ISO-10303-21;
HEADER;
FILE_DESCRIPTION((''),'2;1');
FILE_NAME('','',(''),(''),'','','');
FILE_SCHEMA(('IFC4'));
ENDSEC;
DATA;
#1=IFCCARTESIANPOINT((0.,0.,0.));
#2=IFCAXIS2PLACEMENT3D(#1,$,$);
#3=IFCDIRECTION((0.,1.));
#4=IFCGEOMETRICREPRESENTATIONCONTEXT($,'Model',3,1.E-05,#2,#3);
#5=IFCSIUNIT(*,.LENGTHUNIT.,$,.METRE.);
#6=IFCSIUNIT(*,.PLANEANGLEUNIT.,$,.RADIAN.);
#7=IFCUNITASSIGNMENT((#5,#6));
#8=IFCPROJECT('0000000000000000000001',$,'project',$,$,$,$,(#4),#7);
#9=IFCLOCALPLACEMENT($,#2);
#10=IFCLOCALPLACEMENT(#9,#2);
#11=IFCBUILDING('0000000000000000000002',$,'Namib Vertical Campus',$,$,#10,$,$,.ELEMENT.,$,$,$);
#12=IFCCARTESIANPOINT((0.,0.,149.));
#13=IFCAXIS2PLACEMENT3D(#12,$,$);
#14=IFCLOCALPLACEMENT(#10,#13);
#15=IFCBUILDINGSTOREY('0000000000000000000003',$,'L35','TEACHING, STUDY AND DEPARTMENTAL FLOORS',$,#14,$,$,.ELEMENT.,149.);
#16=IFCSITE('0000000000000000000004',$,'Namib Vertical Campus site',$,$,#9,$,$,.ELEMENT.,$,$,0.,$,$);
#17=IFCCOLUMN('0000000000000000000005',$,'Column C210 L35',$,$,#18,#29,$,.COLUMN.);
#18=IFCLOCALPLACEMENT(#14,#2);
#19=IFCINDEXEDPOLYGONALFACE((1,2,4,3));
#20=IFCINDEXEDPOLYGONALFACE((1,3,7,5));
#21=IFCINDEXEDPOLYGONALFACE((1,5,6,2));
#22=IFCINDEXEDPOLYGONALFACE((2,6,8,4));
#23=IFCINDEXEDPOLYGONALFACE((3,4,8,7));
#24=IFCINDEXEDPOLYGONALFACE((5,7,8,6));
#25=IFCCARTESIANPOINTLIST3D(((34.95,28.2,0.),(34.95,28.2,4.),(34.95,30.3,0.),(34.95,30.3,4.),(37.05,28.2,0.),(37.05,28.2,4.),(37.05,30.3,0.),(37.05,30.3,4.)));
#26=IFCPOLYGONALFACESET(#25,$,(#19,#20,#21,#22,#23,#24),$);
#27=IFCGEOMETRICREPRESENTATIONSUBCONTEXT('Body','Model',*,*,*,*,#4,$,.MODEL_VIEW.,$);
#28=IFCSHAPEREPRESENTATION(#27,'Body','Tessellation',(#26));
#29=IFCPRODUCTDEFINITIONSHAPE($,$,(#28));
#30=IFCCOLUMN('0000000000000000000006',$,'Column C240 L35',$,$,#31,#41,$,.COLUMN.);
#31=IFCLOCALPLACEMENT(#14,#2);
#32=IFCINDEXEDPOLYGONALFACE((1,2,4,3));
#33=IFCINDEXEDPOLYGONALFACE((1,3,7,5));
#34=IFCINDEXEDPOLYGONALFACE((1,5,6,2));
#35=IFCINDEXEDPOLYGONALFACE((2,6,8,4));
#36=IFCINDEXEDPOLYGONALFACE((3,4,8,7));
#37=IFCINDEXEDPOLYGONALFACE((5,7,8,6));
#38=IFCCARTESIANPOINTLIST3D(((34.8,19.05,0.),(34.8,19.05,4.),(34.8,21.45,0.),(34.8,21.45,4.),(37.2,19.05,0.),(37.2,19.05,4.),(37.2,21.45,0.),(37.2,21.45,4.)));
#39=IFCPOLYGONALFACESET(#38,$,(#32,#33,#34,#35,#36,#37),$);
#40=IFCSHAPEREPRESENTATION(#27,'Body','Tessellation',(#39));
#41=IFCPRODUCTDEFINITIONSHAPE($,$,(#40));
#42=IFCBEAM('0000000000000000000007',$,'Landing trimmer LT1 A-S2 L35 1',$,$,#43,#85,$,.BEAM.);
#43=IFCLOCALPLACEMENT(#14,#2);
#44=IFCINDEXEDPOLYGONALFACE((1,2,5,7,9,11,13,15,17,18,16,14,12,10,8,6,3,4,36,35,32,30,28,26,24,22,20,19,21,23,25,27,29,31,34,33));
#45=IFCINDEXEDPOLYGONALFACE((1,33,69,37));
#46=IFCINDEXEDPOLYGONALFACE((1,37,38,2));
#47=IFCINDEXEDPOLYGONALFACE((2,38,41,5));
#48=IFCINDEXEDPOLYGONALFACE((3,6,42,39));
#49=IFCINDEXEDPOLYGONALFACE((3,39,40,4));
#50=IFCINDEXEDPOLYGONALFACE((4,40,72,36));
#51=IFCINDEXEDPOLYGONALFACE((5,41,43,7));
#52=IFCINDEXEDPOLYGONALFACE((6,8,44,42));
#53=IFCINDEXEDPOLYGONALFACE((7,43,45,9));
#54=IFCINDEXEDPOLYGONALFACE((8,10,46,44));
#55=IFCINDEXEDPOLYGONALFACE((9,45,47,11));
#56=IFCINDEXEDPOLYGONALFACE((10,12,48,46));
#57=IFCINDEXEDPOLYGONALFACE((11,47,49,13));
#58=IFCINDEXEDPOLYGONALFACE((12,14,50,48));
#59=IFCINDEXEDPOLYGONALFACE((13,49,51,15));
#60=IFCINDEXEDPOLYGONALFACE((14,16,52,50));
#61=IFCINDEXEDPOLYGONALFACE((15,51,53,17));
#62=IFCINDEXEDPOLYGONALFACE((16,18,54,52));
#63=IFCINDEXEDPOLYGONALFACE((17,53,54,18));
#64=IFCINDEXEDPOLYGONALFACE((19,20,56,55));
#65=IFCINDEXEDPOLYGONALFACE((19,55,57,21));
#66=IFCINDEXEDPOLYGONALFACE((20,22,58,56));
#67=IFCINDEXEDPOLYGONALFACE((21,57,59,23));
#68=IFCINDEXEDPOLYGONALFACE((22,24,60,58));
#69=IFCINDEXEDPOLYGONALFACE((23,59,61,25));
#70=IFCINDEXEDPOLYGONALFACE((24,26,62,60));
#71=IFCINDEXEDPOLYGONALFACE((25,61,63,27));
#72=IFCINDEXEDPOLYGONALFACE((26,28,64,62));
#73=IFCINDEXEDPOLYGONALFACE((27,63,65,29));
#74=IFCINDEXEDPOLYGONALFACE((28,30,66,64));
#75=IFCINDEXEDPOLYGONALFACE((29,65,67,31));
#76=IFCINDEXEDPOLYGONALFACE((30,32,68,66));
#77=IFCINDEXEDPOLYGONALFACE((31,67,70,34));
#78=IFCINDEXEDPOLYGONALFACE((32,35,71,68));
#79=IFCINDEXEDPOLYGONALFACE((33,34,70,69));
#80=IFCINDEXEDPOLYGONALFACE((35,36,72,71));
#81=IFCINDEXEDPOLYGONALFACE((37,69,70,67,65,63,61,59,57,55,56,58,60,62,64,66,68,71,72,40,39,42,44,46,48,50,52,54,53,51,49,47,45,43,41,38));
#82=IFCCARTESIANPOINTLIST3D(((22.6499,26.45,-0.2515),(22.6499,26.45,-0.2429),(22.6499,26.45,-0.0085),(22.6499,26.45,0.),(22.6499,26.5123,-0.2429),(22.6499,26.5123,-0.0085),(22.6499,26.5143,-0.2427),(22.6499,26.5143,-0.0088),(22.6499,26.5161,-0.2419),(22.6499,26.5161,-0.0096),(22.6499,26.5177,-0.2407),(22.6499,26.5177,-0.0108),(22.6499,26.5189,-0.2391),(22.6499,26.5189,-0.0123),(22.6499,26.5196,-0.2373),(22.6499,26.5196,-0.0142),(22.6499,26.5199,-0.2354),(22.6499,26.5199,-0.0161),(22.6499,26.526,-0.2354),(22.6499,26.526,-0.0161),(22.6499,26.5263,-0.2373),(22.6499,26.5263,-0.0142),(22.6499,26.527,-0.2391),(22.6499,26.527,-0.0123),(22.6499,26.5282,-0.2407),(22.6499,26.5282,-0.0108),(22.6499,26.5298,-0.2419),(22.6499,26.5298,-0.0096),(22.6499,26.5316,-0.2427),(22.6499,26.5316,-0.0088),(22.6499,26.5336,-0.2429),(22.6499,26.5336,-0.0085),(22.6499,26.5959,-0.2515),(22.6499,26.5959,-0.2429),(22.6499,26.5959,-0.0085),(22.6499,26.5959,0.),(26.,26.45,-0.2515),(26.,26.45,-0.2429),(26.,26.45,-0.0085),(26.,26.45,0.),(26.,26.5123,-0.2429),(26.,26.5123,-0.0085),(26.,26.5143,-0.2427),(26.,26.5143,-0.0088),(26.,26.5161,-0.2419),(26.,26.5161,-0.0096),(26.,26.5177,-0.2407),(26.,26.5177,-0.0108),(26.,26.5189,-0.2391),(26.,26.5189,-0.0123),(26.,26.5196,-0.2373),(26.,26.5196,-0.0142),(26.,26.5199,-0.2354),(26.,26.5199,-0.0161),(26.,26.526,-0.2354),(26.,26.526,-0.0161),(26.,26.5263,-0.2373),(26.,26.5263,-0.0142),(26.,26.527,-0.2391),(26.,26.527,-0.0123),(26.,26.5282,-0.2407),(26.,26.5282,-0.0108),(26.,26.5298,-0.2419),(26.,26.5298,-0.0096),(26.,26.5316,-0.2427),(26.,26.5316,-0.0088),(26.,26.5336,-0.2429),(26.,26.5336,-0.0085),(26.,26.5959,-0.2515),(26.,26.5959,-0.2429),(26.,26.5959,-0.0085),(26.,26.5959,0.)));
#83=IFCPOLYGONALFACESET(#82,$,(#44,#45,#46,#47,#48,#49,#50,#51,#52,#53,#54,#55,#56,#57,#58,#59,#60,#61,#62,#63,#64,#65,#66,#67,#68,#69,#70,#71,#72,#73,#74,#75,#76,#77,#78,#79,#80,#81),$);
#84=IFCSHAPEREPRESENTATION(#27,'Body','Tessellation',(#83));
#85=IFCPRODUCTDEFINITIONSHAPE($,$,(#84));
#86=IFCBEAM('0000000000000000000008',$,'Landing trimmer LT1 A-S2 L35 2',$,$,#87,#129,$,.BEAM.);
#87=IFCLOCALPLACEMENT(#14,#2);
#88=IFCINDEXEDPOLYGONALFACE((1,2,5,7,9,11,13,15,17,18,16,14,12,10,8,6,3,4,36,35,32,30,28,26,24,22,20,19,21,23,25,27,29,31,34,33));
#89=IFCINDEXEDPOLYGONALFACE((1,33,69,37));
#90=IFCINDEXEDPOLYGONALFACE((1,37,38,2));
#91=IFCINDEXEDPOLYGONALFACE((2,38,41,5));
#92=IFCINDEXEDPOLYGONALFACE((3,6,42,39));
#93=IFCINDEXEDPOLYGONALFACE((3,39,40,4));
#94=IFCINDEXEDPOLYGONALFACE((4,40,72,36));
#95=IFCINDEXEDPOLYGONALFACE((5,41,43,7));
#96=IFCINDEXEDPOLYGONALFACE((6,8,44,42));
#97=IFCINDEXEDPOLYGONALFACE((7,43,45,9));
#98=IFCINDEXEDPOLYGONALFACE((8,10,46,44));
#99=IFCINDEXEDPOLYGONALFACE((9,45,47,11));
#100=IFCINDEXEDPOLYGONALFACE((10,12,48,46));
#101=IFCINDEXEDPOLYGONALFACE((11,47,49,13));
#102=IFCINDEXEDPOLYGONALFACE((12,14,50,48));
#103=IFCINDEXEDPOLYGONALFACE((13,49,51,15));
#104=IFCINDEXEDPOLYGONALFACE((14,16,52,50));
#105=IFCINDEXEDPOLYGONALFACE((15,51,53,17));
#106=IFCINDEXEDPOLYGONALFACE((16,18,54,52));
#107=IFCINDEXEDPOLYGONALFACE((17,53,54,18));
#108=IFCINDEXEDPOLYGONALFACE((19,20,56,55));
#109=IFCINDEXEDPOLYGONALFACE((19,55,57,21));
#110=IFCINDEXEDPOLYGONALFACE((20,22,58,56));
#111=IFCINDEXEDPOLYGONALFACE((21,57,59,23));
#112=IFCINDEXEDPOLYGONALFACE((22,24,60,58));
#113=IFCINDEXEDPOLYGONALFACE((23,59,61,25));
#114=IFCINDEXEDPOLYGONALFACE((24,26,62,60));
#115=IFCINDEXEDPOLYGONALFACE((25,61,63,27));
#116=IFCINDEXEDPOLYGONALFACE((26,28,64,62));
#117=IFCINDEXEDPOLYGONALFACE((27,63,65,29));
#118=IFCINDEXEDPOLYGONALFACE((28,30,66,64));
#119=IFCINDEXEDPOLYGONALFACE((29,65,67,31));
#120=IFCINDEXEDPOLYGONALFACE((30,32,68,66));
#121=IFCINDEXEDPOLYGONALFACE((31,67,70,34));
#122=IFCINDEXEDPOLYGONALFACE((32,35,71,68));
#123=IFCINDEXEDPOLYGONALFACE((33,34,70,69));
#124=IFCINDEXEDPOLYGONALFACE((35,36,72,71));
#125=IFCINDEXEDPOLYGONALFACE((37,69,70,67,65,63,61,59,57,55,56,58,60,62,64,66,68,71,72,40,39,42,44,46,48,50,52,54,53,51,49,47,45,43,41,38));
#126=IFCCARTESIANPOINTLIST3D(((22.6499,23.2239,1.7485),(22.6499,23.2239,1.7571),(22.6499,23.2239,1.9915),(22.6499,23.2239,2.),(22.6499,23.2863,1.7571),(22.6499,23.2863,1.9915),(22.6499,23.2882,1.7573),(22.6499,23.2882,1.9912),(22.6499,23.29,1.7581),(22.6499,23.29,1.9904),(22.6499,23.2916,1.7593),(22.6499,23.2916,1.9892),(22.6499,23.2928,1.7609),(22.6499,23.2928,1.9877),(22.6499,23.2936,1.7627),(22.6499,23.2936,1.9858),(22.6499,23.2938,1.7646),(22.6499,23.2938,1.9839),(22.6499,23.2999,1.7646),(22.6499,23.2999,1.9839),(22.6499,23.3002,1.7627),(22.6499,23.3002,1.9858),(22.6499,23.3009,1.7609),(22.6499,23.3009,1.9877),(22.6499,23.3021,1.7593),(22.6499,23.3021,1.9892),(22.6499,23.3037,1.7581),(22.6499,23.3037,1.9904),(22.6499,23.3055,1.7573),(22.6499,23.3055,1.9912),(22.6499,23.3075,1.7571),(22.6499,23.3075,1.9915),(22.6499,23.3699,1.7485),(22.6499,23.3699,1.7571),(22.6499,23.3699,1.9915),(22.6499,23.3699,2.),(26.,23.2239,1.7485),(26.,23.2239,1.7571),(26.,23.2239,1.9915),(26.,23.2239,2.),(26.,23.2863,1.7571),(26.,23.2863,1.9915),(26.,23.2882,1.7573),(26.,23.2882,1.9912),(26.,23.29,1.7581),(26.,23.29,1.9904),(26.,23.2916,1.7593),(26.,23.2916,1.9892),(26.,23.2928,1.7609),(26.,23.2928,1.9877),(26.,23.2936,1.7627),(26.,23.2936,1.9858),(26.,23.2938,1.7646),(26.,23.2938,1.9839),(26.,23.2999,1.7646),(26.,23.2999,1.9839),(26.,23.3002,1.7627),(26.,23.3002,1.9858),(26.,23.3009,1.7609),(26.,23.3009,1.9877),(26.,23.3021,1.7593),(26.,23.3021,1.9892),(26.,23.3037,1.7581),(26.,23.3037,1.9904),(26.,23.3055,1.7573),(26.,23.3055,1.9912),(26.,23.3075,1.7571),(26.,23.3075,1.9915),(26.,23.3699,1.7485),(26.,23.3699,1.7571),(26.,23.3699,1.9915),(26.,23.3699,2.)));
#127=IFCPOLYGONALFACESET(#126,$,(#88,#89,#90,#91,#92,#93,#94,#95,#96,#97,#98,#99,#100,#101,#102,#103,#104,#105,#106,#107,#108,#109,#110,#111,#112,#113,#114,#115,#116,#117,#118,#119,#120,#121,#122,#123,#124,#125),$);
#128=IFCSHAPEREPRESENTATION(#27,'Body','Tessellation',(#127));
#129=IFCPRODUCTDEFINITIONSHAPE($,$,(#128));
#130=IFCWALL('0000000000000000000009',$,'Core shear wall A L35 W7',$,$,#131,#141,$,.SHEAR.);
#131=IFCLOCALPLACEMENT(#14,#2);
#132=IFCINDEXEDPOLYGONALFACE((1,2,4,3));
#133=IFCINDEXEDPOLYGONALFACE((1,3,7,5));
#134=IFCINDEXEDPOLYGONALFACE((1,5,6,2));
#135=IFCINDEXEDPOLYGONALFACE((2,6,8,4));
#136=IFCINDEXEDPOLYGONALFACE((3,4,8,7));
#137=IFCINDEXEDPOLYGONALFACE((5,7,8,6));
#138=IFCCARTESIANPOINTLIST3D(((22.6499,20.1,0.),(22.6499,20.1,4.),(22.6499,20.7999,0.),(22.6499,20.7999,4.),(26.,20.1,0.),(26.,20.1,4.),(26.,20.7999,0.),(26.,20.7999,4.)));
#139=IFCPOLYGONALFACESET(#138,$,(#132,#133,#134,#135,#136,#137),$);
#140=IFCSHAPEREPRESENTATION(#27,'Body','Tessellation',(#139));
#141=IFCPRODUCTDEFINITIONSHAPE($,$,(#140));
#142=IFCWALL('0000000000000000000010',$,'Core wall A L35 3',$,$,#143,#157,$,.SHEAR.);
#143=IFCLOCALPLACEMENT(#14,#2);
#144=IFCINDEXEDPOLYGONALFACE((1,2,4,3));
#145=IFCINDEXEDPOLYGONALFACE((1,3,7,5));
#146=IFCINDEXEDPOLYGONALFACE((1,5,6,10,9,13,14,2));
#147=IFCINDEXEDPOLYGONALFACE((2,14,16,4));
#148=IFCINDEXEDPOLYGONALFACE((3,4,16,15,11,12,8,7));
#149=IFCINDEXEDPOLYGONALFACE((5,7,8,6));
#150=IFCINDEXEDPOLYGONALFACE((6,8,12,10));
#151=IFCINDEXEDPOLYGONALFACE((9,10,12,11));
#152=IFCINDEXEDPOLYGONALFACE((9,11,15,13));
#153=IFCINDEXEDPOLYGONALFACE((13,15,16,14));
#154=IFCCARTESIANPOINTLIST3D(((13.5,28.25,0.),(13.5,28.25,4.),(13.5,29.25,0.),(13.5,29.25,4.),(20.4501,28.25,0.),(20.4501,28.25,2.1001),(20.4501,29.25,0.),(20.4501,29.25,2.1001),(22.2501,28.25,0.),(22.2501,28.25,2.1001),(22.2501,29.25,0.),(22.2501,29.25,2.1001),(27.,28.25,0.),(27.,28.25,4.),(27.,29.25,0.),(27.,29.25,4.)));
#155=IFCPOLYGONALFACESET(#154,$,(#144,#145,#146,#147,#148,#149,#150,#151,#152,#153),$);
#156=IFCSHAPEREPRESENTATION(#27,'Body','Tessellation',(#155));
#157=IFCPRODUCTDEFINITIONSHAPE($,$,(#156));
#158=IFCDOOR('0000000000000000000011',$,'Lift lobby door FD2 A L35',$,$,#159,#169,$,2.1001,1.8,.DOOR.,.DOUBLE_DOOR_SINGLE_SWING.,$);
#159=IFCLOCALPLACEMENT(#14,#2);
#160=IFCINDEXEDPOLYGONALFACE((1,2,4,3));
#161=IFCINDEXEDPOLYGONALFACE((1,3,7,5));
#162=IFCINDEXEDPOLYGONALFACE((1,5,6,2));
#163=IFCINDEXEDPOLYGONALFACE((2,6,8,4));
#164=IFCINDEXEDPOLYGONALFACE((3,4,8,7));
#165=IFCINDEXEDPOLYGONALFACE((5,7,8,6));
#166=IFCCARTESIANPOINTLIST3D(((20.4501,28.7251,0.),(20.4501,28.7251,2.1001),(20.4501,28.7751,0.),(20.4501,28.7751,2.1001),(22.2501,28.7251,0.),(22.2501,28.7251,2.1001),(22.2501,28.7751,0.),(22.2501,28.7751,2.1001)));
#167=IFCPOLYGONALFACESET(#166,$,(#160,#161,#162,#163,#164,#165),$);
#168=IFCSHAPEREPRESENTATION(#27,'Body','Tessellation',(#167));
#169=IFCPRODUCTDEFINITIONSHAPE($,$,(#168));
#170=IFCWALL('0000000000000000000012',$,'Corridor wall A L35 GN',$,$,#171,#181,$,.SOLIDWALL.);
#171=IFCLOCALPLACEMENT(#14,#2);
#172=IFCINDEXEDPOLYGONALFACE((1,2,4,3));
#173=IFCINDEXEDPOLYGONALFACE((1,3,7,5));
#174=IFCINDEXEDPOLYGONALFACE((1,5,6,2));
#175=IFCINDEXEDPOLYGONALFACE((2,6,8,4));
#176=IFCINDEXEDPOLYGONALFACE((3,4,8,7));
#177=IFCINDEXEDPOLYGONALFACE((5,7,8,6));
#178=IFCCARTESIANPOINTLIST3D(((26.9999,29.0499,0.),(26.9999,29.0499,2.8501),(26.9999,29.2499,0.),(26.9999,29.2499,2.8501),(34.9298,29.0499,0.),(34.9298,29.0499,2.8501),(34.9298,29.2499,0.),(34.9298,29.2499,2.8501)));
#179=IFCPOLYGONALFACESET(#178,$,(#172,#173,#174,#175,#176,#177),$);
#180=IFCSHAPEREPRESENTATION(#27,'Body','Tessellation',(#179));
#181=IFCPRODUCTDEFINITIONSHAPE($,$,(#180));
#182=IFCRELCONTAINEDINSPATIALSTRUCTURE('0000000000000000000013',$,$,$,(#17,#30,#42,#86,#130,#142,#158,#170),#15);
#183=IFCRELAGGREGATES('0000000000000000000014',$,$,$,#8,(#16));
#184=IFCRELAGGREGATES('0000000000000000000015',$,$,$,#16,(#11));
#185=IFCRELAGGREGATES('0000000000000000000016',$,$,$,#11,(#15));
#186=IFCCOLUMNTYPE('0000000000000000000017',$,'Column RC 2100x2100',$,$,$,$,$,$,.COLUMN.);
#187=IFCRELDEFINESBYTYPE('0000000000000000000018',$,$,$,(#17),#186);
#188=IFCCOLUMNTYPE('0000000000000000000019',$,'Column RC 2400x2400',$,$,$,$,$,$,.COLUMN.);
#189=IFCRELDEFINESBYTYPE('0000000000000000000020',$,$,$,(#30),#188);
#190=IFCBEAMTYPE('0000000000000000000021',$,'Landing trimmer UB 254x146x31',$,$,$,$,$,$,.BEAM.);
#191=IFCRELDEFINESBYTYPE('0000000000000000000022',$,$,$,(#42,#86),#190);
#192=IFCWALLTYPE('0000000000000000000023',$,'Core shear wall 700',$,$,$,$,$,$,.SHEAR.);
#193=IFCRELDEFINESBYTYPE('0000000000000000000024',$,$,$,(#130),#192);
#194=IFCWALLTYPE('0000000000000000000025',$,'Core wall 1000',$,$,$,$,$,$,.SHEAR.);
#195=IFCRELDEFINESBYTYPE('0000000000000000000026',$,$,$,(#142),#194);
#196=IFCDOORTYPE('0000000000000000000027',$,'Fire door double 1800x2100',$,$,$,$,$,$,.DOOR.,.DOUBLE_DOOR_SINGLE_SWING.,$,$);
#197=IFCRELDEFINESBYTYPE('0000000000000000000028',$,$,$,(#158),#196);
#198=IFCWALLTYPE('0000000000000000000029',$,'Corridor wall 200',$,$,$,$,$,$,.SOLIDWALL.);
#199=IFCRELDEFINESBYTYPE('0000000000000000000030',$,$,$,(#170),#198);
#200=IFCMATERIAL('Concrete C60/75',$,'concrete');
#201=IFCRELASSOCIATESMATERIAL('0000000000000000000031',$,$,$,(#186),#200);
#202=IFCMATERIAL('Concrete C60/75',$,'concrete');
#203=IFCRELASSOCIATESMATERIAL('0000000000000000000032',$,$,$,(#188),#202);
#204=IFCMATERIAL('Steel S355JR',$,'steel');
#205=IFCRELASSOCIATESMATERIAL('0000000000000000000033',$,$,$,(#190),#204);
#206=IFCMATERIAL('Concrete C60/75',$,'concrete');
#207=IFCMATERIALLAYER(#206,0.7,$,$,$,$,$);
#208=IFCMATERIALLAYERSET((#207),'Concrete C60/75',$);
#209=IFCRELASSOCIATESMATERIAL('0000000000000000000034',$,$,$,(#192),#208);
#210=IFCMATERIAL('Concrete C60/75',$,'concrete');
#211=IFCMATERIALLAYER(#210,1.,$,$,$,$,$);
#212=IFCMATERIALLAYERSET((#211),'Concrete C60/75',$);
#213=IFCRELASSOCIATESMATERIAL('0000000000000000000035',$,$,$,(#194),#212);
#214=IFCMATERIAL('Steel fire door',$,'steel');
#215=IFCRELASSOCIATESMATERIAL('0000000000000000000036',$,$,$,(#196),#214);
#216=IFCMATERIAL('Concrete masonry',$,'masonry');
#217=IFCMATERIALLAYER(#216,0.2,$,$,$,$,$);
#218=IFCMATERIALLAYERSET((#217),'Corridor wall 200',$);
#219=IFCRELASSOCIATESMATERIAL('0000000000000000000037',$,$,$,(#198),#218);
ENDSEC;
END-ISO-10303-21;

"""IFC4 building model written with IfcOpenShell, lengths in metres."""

from ifc_helpers import new_model, si_unit, direction, frame, frame_2d, origin, origin_2d, place, context, subcontext, project, spatial, rectangle, i_section, extrude, material, layer, layer_set, material_profile, profile_set, type_object, element, fill, save


model = new_model("IFC4")

# Units and contexts
model_context = context("Model", 3, precision=1e-05, world=origin(), true_north=direction((0.0, 1.0)))
body_context = subcontext(model_context, "Body", "Model", "MODEL_VIEW")
ifc_project = project(units=[si_unit("LENGTHUNIT", "METRE"), si_unit("PLANEANGLEUNIT", "RADIAN")], contexts=[model_context])

# Site, building, storey
site_placement = place(None, origin())
site = spatial("IfcSite", under=ifc_project, at=site_placement, Name="Namib Vertical Campus site", CompositionType="ELEMENT", RefElevation=0.0)
building_placement = place(site_placement, origin())
building = spatial("IfcBuilding", under=site, at=building_placement, Name="Namib Vertical Campus", CompositionType="ELEMENT")
storey_placement = place(building_placement, frame((0.0, 0.0, 149.0)))
storey = spatial("IfcBuildingStorey", under=building, at=storey_placement, Name="L35", Description="TEACHING, STUDY AND DEPARTMENTAL FLOORS", CompositionType="ELEMENT", Elevation=149.0)

# Columns
ifc_material_1 = material(Name="Concrete C60/75", Category="concrete")
ifc_material_profile_1 = material_profile(ifc_material_1, rectangle(XDim=2.1001, YDim=2.1001, at=origin_2d()))
ifc_profile_set_1 = profile_set([ifc_material_profile_1], Name="Concrete C60/75")
column_type_1 = type_object("IfcColumnType", Name="Column RC 2100x2100", PredefinedType="COLUMN", material=ifc_profile_set_1)
column_1_placement = place(storey_placement, frame((36.0, 29.25, 0.0), z_axis=(0.0, 0.0, 1.0), x_axis=(1.0, 0.0, 0.0)))
element("IfcColumn", 1, at=column_1_placement, inside=storey, type_object=column_type_1, Name="Column C210 L35", PredefinedType="COLUMN", context=body_context, shape_type="SweptSolid", body=[
    extrude(rectangle(XDim=2.1001, YDim=2.1001, at=origin_2d()), origin(), (0.0, 0.0, 1.0), 4.0),
])
ifc_material_2 = material(Name="Concrete C60/75", Category="concrete")
ifc_material_profile_2 = material_profile(ifc_material_2, rectangle(XDim=2.3999, YDim=2.3999, at=origin_2d()))
ifc_profile_set_2 = profile_set([ifc_material_profile_2], Name="Concrete C60/75")
column_type_2 = type_object("IfcColumnType", Name="Column RC 2400x2400", PredefinedType="COLUMN", material=ifc_profile_set_2)
column_2_placement = place(storey_placement, frame((36.0, 20.25, 0.0), z_axis=(0.0, 0.0, 1.0), x_axis=(1.0, 0.0, 0.0)))
element("IfcColumn", 2, at=column_2_placement, inside=storey, type_object=column_type_2, Name="Column C240 L35", PredefinedType="COLUMN", context=body_context, shape_type="SweptSolid", body=[
    extrude(rectangle(XDim=2.3999, YDim=2.3999, at=origin_2d()), origin(), (0.0, 0.0, 1.0), 4.0),
])

# Beams
ifc_material_3 = material(Name="Steel S355JR", Category="steel")
ifc_material_profile_3 = material_profile(ifc_material_3, i_section(OverallWidth=0.146, OverallDepth=0.2515, WebThickness=0.0061, FlangeThickness=0.0085, FilletRadius=0.0076, at=origin_2d()))
ifc_profile_set_3 = profile_set([ifc_material_profile_3], Name="Steel S355JR")
beam_type = type_object("IfcBeamType", Name="Landing trimmer UB 254x146x31", PredefinedType="BEAM", material=ifc_profile_set_3)
for number, where, z_axis, x_axis, name in (
    (3, (22.6499, 26.5229, -0.1257), (1.0, 0.0, 0.0), (0.0, 1.0, 0.0), "Landing trimmer LT1 A-S2 L35 1"),
    (4, (22.6499, 23.2969, 1.8743), (1.0, 0.0, 0.0), (0.0, 1.0, 0.0), "Landing trimmer LT1 A-S2 L35 2"),
):
    element("IfcBeam", number, at=place(storey_placement, frame(where, z_axis=z_axis, x_axis=x_axis)), inside=storey, type_object=beam_type, Name=name, PredefinedType="BEAM", context=body_context, shape_type="SweptSolid", body=[
        extrude(i_section(OverallWidth=0.146, OverallDepth=0.2515, WebThickness=0.0061, FlangeThickness=0.0085, FilletRadius=0.0076, at=origin_2d()), origin(), (0.0, 0.0, 1.0), 3.3501),
    ])

# Wall
ifc_material_4 = material(Name="Concrete C60/75", Category="concrete")
ifc_layer_1 = layer(ifc_material_4, 0.7)
ifc_layer_set_1 = layer_set([ifc_layer_1], Name="Concrete C60/75")
wall_type_1 = type_object("IfcWallType", Name="Core shear wall 700", PredefinedType="SHEAR", material=ifc_layer_set_1)
wall_1_placement = place(storey_placement, frame((22.6499, 20.45, 0.0), z_axis=(0.0, 0.0, 1.0), x_axis=(1.0, 0.0, 0.0)))
element("IfcWall", 5, at=wall_1_placement, inside=storey, type_object=wall_type_1, Name="Core shear wall A L35 W7", PredefinedType="SHEAR", context=body_context, shape_type="SweptSolid", body=[
    extrude(rectangle(XDim=3.3501, YDim=0.7, at=frame_2d((1.675, 0.0))), origin(), (0.0, 0.0, 1.0), 4.0),
])

# Wall, opening, door
ifc_material_5 = material(Name="Concrete C60/75", Category="concrete")
ifc_layer_2 = layer(ifc_material_5, 1.0)
ifc_layer_set_2 = layer_set([ifc_layer_2], Name="Concrete C60/75")
wall_type_2 = type_object("IfcWallType", Name="Core wall 1000", PredefinedType="SHEAR", material=ifc_layer_set_2)
wall_2_placement = place(storey_placement, frame((27.0, 28.75, 0.0), z_axis=(0.0, 0.0, 1.0), x_axis=(-1.0, 0.0, 0.0)))
wall_2 = element("IfcWall", 6, at=wall_2_placement, inside=storey, type_object=wall_type_2, Name="Core wall A L35 3", PredefinedType="SHEAR", context=body_context, shape_type="SweptSolid", body=[
    extrude(rectangle(XDim=13.5, YDim=1.0, at=frame_2d((6.75, 0.0))), origin(), (0.0, 0.0, 1.0), 4.0),
])
opening_1_placement = place(wall_2_placement, frame((4.75, 0.0, 0.0)))
opening_1 = element("IfcOpeningElement", 7, at=opening_1_placement, cuts=wall_2, PredefinedType="OPENING", context=body_context, shape_type="SweptSolid", body=[
    extrude(rectangle(XDim=1.8, YDim=2.1001, at=frame_2d((0.8999, 1.05))), frame((0.0, 0.51, 0.0), z_axis=(0.0, -1.0, 0.0), x_axis=(1.0, 0.0, 0.0)), (0.0, 0.0, 1.0), 1.02),
])
ifc_material_6 = material(Name="Steel fire door", Category="steel")
door_type_1 = type_object("IfcDoorType", Name="Fire door double 1800x2100", OperationType="DOUBLE_DOOR_SINGLE_SWING", PredefinedType="DOOR", material=ifc_material_6)
door_1_placement = place(opening_1_placement, origin())
door_1 = element("IfcDoor", 8, at=door_1_placement, inside=storey, type_object=door_type_1, Name="Lift lobby door FD2 A L35", OperationType="DOUBLE_DOOR_SINGLE_SWING", OverallHeight=2.1001, OverallWidth=1.8, PredefinedType="DOOR", context=body_context, shape_type="SweptSolid", body=[
    extrude(rectangle(XDim=1.8, YDim=2.1001, at=frame_2d((0.8999, 1.05))), frame((0.0, 0.0249, 0.0), z_axis=(0.0, -1.0, 0.0), x_axis=(1.0, 0.0, 0.0)), (0.0, 0.0, 1.0), 0.05),
])
fill(opening_1, door_1)

# Wall
ifc_material_7 = material(Name="Concrete masonry", Category="masonry")
ifc_layer_3 = layer(ifc_material_7, 0.2)
ifc_layer_set_3 = layer_set([ifc_layer_3], Name="Corridor wall 200")
wall_type_3 = type_object("IfcWallType", Name="Corridor wall 200", PredefinedType="SOLIDWALL", material=ifc_layer_set_3)
wall_3_placement = place(storey_placement, frame((27.0, 29.1499, 0.0), z_axis=(0.0, 0.0, 1.0), x_axis=(1.0, 0.0, 0.0)))
element("IfcWall", 9, at=wall_3_placement, inside=storey, type_object=wall_type_3, Name="Corridor wall A L35 GN", PredefinedType="SOLIDWALL", context=body_context, shape_type="SweptSolid", body=[
    extrude(rectangle(XDim=7.9299, YDim=0.2, at=frame_2d((3.9648, 0.0))), origin(), (0.0, 0.0, 1.0), 2.8501),
])

save(model, "model.ifc")
